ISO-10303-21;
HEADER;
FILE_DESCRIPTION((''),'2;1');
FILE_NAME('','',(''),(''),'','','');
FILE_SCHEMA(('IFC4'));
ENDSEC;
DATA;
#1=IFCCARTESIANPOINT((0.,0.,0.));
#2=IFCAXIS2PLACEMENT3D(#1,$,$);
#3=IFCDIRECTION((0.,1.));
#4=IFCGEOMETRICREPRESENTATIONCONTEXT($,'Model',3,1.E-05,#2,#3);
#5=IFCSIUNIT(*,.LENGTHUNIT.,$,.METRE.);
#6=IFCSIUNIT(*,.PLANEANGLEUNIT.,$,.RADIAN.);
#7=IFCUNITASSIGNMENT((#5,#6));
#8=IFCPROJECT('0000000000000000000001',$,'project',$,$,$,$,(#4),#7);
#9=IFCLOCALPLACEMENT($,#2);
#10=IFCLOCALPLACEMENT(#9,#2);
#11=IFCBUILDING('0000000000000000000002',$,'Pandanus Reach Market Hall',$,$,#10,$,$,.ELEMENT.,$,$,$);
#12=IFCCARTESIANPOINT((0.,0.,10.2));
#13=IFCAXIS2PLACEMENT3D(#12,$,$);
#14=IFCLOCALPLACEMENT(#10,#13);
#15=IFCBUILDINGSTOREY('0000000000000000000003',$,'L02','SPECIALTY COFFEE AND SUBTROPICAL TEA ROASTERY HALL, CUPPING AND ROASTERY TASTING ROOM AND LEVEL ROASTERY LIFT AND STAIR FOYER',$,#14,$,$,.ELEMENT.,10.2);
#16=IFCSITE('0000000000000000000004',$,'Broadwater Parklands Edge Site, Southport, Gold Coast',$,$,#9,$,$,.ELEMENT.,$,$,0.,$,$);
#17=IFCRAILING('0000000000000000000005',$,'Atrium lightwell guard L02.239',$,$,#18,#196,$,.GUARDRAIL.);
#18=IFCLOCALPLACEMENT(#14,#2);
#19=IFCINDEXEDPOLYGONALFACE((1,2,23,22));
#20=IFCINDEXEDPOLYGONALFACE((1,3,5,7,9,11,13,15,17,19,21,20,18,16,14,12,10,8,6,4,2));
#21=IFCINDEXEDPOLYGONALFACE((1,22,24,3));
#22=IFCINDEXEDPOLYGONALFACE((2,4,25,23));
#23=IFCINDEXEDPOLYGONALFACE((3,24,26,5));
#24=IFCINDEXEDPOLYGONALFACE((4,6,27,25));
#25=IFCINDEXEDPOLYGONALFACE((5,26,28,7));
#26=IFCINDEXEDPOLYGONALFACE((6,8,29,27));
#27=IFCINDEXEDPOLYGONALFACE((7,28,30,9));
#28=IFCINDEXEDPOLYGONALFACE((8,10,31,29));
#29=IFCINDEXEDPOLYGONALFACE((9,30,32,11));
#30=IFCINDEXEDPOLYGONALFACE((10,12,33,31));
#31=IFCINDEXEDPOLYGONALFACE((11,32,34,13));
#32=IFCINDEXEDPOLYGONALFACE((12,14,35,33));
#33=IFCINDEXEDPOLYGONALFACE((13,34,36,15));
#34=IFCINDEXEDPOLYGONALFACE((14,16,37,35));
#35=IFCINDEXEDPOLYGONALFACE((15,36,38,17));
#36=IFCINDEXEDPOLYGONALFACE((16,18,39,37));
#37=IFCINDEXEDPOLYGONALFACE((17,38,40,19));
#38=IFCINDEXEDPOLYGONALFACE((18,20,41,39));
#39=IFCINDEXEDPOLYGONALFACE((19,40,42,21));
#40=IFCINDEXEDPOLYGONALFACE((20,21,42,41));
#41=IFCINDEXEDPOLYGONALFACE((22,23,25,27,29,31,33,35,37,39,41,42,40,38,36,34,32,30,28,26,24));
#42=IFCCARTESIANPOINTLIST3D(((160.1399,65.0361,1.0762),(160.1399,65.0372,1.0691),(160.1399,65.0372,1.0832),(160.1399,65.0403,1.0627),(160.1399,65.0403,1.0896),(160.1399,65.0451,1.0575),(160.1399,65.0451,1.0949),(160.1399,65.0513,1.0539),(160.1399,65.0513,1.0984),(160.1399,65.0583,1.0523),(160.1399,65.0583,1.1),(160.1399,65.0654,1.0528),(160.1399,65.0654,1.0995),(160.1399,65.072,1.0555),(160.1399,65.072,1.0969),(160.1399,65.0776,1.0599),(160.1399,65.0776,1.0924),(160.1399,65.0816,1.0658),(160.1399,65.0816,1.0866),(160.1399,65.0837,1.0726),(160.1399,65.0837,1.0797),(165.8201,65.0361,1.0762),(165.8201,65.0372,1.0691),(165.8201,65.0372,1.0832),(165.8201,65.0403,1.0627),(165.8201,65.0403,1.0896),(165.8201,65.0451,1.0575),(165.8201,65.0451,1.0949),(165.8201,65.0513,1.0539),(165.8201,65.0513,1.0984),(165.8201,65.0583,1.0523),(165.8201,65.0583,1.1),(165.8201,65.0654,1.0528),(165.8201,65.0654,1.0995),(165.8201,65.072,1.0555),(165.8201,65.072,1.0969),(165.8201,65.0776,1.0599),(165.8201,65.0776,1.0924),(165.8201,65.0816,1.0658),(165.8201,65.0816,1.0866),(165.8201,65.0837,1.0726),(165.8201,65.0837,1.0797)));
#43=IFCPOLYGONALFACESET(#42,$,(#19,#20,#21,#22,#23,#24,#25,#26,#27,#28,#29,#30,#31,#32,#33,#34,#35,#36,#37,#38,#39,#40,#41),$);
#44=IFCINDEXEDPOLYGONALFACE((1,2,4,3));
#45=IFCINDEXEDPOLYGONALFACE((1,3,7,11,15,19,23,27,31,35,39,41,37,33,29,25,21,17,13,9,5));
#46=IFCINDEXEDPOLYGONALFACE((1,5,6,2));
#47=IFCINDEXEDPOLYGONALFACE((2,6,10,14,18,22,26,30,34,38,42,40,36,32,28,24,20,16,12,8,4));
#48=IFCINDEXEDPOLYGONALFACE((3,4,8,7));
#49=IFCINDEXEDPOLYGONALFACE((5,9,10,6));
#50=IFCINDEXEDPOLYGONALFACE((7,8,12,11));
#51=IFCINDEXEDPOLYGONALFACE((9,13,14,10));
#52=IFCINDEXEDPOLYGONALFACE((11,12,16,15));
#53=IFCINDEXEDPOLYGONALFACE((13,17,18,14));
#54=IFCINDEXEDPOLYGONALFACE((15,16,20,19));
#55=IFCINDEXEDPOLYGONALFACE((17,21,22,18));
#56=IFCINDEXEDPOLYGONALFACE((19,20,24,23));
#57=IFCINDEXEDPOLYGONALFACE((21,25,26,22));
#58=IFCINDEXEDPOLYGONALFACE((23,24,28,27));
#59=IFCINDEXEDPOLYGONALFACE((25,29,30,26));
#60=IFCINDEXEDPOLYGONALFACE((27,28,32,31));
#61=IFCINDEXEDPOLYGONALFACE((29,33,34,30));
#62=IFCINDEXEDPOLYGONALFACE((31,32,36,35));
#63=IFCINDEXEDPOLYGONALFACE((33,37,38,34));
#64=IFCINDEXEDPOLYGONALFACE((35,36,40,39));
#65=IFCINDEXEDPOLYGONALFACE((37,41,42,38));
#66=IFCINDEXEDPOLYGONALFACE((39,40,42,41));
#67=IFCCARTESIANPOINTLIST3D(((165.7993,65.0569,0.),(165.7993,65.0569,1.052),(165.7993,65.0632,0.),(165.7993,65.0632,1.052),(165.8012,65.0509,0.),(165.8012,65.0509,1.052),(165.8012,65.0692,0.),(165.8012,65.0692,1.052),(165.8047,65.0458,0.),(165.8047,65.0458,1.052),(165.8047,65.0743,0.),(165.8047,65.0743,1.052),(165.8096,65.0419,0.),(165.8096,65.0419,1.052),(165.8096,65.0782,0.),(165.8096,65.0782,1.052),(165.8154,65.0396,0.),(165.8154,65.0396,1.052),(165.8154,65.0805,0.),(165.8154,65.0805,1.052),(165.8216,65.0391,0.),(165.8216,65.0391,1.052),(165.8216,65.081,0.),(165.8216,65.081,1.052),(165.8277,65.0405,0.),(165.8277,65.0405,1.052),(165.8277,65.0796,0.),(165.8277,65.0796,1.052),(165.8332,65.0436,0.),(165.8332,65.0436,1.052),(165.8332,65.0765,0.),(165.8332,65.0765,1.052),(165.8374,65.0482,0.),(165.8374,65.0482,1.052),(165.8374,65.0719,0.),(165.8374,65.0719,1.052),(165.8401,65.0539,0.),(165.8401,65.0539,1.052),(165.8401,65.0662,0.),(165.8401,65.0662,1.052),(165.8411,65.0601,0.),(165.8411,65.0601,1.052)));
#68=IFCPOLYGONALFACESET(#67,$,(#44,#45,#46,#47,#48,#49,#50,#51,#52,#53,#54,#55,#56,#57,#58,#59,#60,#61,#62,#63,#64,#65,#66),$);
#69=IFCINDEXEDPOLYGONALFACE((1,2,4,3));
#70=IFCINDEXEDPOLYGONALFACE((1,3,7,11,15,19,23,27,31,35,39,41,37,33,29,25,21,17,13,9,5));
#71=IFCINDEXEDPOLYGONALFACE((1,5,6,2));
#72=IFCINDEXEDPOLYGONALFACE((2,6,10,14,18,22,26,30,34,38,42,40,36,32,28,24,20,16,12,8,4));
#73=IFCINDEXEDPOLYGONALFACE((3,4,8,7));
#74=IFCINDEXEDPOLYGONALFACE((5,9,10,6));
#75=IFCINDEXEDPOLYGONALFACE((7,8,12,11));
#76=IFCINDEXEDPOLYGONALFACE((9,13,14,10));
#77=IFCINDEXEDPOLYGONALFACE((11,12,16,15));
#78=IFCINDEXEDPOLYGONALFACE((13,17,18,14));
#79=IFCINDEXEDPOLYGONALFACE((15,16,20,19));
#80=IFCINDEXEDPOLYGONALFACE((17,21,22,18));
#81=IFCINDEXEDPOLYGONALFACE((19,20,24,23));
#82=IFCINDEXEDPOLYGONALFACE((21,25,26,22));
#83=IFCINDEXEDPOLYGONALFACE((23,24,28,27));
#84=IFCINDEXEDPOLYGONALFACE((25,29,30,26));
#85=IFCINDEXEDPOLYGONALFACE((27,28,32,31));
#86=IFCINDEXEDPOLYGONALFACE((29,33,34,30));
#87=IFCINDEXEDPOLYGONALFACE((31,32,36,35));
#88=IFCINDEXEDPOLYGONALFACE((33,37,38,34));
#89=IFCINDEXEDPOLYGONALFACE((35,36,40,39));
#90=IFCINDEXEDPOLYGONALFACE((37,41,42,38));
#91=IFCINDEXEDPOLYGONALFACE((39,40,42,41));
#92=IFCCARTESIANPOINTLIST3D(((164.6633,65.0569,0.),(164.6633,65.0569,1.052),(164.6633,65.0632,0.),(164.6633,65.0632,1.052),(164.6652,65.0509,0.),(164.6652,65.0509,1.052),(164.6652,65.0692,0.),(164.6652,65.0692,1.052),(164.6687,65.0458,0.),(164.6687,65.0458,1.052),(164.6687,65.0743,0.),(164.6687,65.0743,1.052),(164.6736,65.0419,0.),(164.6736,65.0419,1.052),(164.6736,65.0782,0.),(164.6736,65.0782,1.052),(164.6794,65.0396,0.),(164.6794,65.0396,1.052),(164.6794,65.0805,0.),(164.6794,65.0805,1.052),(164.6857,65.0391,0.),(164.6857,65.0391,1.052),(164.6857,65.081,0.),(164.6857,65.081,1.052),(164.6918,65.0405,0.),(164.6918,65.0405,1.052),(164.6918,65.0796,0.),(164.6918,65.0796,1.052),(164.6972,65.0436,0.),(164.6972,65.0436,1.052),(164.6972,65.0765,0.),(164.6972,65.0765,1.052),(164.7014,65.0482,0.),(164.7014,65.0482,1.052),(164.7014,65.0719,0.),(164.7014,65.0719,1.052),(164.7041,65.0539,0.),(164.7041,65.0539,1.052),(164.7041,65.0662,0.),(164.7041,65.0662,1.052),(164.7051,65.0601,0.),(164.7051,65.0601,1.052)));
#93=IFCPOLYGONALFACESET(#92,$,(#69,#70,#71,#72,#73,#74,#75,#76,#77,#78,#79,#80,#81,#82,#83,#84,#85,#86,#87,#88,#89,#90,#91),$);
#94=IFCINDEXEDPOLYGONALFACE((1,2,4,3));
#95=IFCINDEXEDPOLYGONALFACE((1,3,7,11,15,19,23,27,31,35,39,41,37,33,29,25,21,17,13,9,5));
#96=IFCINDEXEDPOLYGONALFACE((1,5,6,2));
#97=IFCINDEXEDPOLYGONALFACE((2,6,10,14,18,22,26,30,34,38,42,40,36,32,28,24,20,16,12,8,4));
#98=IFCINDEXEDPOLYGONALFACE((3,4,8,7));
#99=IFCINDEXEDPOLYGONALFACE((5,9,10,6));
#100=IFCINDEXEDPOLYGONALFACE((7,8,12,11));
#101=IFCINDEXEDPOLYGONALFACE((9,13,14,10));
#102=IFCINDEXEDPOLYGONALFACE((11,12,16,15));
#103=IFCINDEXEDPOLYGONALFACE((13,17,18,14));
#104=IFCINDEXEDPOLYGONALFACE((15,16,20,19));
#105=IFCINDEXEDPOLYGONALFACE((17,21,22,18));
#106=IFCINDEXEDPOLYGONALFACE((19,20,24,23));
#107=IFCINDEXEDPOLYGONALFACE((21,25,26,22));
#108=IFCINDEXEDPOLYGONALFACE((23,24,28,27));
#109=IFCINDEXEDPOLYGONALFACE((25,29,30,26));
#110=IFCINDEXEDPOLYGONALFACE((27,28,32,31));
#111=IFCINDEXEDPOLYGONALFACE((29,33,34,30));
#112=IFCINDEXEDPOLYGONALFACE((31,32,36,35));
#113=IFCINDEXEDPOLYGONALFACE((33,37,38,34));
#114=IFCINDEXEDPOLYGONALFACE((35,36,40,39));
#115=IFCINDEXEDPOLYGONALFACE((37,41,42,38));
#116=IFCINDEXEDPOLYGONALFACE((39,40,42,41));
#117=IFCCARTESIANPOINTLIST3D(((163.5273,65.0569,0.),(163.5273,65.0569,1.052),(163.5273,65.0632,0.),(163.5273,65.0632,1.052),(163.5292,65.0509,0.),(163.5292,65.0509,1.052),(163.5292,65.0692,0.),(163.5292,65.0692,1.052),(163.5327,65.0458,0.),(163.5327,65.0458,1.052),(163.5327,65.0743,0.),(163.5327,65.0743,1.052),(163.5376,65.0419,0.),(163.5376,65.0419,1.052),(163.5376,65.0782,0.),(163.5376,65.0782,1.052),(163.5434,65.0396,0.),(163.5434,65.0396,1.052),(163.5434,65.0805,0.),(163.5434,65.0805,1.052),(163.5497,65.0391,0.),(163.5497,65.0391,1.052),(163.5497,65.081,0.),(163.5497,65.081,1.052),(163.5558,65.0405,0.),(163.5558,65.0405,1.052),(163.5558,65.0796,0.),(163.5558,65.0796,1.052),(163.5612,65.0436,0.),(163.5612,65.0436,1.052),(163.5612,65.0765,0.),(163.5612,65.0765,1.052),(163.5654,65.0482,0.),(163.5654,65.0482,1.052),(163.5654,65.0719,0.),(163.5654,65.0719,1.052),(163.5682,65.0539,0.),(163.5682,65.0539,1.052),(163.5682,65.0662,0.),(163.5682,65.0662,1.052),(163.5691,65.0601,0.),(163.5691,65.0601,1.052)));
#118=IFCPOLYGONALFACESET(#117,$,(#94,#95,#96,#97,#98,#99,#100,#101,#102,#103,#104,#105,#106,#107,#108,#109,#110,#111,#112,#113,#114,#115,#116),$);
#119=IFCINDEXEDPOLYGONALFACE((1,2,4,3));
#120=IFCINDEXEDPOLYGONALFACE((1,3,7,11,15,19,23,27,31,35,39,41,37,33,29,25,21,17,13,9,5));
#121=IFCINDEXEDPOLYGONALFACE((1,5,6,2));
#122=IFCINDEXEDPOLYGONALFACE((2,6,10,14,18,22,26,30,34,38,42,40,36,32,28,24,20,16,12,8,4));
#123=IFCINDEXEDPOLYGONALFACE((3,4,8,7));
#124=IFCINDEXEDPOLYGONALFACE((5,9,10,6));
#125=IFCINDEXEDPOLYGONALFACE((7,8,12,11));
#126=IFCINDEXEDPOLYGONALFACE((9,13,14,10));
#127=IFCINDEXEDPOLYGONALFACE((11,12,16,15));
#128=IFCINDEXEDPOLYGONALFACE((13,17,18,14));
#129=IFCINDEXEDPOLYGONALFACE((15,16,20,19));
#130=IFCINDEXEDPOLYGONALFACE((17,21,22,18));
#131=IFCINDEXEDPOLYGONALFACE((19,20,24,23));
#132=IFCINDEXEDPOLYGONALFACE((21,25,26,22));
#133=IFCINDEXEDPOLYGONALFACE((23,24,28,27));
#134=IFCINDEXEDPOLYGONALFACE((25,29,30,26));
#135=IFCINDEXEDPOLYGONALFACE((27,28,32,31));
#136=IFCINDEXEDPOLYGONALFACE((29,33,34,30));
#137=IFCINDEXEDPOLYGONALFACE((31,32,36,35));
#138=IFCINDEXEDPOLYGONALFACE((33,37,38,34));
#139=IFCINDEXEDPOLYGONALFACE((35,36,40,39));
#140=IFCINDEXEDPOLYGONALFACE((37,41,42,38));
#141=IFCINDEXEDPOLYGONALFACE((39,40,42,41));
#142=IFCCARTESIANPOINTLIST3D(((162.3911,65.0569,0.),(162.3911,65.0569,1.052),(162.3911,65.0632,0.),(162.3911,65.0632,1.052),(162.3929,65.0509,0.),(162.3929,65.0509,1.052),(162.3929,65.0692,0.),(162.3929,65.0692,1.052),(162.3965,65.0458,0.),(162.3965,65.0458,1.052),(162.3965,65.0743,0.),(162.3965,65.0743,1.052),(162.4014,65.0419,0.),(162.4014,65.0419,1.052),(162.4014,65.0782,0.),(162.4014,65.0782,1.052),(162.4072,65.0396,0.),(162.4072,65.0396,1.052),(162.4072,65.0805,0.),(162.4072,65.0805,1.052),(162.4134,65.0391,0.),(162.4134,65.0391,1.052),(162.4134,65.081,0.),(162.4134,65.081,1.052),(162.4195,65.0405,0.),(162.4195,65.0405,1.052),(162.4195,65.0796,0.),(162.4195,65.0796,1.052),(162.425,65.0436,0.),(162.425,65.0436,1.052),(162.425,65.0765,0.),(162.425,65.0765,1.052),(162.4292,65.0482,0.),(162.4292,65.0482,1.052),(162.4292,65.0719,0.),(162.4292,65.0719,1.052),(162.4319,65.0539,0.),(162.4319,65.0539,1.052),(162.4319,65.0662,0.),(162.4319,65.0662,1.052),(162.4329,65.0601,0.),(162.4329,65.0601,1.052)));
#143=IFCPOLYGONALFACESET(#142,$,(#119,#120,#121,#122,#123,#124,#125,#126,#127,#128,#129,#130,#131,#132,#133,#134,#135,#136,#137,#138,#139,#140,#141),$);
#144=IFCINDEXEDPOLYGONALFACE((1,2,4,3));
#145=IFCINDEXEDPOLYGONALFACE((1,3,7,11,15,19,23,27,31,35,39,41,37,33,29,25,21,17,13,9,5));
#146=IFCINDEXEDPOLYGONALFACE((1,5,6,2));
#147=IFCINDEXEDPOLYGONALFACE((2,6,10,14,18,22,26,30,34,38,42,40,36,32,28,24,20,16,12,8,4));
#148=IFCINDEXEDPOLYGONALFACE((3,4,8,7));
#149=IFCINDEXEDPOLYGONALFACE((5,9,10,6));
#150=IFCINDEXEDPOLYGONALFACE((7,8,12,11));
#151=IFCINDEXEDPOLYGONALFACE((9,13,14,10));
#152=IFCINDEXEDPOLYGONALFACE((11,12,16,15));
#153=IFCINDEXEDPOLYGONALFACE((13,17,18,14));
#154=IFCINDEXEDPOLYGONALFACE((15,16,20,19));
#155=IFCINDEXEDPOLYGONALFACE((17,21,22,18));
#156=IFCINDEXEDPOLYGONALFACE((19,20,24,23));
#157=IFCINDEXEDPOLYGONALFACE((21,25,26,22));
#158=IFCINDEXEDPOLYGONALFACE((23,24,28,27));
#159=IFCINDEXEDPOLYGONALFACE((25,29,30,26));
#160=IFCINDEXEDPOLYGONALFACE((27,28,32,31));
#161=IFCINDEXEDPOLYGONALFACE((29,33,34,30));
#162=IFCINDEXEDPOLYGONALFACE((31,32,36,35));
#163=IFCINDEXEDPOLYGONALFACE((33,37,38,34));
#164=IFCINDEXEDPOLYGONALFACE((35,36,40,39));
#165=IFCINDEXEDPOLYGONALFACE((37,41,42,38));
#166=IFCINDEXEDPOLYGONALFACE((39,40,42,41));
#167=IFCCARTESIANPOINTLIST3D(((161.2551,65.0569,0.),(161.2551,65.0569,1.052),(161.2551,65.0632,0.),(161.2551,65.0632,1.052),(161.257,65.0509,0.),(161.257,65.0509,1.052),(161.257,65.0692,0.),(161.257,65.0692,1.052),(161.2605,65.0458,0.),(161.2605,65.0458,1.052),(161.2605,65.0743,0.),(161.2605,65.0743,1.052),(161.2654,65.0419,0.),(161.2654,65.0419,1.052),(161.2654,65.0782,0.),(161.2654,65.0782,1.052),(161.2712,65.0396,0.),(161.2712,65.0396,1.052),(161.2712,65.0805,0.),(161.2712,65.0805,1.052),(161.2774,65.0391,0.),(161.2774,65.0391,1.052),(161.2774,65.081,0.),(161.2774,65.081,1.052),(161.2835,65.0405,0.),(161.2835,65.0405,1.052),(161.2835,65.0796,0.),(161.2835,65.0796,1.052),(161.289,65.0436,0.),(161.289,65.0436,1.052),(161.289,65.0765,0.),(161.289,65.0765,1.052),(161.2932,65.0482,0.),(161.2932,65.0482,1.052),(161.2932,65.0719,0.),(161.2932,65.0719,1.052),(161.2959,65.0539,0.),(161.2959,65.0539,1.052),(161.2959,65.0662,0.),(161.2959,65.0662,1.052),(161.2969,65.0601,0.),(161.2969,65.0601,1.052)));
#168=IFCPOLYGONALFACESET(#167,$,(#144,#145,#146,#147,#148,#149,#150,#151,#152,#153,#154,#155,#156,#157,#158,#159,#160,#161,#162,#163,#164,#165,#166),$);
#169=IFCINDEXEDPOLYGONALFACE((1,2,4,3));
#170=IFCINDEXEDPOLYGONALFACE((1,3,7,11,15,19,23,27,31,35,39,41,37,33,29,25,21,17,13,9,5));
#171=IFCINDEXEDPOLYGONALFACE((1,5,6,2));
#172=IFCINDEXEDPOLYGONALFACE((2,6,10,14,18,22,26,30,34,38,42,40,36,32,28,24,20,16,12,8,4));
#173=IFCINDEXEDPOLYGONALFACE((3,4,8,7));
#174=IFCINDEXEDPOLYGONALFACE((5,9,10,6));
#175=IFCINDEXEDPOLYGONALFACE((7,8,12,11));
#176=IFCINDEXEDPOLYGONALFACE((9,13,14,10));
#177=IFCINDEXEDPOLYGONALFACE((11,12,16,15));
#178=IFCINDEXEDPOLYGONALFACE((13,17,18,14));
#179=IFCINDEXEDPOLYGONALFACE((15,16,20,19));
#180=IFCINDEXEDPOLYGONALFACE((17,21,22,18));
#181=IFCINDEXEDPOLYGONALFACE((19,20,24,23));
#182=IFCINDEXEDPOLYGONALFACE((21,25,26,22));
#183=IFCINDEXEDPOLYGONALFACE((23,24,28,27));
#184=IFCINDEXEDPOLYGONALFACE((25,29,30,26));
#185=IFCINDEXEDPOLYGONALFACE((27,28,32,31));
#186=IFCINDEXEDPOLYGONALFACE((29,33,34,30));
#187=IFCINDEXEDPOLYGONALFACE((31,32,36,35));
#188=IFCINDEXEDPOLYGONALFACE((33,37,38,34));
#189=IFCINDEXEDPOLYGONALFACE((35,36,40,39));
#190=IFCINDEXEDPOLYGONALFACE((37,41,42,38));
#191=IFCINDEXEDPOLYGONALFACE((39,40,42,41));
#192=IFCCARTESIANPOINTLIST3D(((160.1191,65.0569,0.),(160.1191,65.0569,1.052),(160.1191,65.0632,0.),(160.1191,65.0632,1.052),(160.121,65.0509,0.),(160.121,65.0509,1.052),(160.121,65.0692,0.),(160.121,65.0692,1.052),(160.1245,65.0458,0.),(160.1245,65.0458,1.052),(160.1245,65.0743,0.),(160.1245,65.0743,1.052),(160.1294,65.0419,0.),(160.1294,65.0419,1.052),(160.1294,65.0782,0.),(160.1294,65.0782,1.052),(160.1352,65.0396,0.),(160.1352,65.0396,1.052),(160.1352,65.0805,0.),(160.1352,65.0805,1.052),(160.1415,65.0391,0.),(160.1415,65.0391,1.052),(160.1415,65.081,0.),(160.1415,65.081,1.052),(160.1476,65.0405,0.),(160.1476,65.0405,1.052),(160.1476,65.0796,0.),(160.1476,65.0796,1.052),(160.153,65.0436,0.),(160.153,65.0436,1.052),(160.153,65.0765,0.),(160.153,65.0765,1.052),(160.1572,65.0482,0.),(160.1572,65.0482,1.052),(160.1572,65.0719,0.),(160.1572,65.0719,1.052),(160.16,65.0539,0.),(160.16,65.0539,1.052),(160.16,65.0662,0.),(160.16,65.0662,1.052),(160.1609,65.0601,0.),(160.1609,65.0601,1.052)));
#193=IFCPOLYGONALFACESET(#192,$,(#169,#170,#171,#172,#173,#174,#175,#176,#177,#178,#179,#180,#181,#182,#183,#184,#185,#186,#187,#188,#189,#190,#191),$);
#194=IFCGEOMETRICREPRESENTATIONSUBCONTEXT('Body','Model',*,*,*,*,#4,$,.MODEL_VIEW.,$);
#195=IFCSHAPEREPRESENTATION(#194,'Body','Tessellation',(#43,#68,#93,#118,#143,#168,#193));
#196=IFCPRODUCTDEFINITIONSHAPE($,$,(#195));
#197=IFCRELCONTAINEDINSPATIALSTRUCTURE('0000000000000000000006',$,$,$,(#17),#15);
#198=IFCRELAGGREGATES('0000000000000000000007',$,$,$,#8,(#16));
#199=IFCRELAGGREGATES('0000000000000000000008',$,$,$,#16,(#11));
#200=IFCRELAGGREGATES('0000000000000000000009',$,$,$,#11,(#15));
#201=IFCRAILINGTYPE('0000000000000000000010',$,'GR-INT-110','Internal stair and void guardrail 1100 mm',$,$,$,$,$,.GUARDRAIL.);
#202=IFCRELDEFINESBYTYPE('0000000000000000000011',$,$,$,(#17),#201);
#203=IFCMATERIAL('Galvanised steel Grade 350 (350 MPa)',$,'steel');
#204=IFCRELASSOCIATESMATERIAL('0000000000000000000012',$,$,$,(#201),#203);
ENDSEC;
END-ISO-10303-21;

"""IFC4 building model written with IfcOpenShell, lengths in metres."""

from ifc_helpers import new_model, si_unit, direction, frame, origin, origin_2d, place, context, subcontext, project, spatial, circle, extrude, material, type_object, element, save


model = new_model("IFC4")

# Units and contexts
model_context = context("Model", 3, precision=1e-05, world=origin(), true_north=direction((0.0, 1.0)))
body_context = subcontext(model_context, "Body", "Model", "MODEL_VIEW")
ifc_project = project(units=[si_unit("LENGTHUNIT", "METRE"), si_unit("PLANEANGLEUNIT", "RADIAN")], contexts=[model_context])

# Site, building, storey
site_placement = place(None, origin())
site = spatial("IfcSite", under=ifc_project, at=site_placement, Name="Broadwater Parklands Edge Site, Southport, Gold Coast", CompositionType="ELEMENT", RefElevation=0.0)
building_placement = place(site_placement, origin())
building = spatial("IfcBuilding", under=site, at=building_placement, Name="Pandanus Reach Market Hall", CompositionType="ELEMENT")
storey_placement = place(building_placement, frame((0.0, 0.0, 10.2)))
storey = spatial("IfcBuildingStorey", under=building, at=storey_placement, Name="L02", Description="SPECIALTY COFFEE AND SUBTROPICAL TEA ROASTERY HALL, CUPPING AND ROASTERY TASTING ROOM AND LEVEL ROASTERY LIFT AND STAIR FOYER", CompositionType="ELEMENT", Elevation=10.2)

# Railing
ifc_material_1 = material(Name="Galvanised steel Grade 350 (350 MPa)", Category="steel")
railing_type_1 = type_object("IfcRailingType", Name="GR-INT-110", Description="Internal stair and void guardrail 1100 mm", PredefinedType="GUARDRAIL", material=ifc_material_1)
railing_1_placement = place(storey_placement, frame((165.8201, 65.0601, 0.0)))
element("IfcRailing", 1, at=railing_1_placement, inside=storey, type_object=railing_type_1, Name="Atrium lightwell guard L02.239", PredefinedType="GUARDRAIL", context=body_context, shape_type="SweptSolid", body=[
    extrude(circle(Radius=0.0239, at=origin_2d()), frame((0.0, 0.0, 1.0762), z_axis=(-1.0, 0.0, 0.0), x_axis=(0.0, -1.0, 0.0)), (0.0, 0.0, 1.0), 5.6802),
    extrude(circle(Radius=0.021, at=origin_2d()), origin(), (0.0, 0.0, 1.0), 1.052),
    extrude(circle(Radius=0.021, at=origin_2d()), frame((-1.136, 0.0, 0.0)), (0.0, 0.0, 1.0), 1.052),
    extrude(circle(Radius=0.021, at=origin_2d()), frame((-2.272, 0.0, 0.0)), (0.0, 0.0, 1.0), 1.052),
    extrude(circle(Radius=0.021, at=origin_2d()), frame((-3.4082, 0.0, 0.0)), (0.0, 0.0, 1.0), 1.052),
    extrude(circle(Radius=0.021, at=origin_2d()), frame((-4.5442, 0.0, 0.0)), (0.0, 0.0, 1.0), 1.052),
    extrude(circle(Radius=0.021, at=origin_2d()), frame((-5.6802, 0.0, 0.0)), (0.0, 0.0, 1.0), 1.052),
])

save(model, "model.ifc")
